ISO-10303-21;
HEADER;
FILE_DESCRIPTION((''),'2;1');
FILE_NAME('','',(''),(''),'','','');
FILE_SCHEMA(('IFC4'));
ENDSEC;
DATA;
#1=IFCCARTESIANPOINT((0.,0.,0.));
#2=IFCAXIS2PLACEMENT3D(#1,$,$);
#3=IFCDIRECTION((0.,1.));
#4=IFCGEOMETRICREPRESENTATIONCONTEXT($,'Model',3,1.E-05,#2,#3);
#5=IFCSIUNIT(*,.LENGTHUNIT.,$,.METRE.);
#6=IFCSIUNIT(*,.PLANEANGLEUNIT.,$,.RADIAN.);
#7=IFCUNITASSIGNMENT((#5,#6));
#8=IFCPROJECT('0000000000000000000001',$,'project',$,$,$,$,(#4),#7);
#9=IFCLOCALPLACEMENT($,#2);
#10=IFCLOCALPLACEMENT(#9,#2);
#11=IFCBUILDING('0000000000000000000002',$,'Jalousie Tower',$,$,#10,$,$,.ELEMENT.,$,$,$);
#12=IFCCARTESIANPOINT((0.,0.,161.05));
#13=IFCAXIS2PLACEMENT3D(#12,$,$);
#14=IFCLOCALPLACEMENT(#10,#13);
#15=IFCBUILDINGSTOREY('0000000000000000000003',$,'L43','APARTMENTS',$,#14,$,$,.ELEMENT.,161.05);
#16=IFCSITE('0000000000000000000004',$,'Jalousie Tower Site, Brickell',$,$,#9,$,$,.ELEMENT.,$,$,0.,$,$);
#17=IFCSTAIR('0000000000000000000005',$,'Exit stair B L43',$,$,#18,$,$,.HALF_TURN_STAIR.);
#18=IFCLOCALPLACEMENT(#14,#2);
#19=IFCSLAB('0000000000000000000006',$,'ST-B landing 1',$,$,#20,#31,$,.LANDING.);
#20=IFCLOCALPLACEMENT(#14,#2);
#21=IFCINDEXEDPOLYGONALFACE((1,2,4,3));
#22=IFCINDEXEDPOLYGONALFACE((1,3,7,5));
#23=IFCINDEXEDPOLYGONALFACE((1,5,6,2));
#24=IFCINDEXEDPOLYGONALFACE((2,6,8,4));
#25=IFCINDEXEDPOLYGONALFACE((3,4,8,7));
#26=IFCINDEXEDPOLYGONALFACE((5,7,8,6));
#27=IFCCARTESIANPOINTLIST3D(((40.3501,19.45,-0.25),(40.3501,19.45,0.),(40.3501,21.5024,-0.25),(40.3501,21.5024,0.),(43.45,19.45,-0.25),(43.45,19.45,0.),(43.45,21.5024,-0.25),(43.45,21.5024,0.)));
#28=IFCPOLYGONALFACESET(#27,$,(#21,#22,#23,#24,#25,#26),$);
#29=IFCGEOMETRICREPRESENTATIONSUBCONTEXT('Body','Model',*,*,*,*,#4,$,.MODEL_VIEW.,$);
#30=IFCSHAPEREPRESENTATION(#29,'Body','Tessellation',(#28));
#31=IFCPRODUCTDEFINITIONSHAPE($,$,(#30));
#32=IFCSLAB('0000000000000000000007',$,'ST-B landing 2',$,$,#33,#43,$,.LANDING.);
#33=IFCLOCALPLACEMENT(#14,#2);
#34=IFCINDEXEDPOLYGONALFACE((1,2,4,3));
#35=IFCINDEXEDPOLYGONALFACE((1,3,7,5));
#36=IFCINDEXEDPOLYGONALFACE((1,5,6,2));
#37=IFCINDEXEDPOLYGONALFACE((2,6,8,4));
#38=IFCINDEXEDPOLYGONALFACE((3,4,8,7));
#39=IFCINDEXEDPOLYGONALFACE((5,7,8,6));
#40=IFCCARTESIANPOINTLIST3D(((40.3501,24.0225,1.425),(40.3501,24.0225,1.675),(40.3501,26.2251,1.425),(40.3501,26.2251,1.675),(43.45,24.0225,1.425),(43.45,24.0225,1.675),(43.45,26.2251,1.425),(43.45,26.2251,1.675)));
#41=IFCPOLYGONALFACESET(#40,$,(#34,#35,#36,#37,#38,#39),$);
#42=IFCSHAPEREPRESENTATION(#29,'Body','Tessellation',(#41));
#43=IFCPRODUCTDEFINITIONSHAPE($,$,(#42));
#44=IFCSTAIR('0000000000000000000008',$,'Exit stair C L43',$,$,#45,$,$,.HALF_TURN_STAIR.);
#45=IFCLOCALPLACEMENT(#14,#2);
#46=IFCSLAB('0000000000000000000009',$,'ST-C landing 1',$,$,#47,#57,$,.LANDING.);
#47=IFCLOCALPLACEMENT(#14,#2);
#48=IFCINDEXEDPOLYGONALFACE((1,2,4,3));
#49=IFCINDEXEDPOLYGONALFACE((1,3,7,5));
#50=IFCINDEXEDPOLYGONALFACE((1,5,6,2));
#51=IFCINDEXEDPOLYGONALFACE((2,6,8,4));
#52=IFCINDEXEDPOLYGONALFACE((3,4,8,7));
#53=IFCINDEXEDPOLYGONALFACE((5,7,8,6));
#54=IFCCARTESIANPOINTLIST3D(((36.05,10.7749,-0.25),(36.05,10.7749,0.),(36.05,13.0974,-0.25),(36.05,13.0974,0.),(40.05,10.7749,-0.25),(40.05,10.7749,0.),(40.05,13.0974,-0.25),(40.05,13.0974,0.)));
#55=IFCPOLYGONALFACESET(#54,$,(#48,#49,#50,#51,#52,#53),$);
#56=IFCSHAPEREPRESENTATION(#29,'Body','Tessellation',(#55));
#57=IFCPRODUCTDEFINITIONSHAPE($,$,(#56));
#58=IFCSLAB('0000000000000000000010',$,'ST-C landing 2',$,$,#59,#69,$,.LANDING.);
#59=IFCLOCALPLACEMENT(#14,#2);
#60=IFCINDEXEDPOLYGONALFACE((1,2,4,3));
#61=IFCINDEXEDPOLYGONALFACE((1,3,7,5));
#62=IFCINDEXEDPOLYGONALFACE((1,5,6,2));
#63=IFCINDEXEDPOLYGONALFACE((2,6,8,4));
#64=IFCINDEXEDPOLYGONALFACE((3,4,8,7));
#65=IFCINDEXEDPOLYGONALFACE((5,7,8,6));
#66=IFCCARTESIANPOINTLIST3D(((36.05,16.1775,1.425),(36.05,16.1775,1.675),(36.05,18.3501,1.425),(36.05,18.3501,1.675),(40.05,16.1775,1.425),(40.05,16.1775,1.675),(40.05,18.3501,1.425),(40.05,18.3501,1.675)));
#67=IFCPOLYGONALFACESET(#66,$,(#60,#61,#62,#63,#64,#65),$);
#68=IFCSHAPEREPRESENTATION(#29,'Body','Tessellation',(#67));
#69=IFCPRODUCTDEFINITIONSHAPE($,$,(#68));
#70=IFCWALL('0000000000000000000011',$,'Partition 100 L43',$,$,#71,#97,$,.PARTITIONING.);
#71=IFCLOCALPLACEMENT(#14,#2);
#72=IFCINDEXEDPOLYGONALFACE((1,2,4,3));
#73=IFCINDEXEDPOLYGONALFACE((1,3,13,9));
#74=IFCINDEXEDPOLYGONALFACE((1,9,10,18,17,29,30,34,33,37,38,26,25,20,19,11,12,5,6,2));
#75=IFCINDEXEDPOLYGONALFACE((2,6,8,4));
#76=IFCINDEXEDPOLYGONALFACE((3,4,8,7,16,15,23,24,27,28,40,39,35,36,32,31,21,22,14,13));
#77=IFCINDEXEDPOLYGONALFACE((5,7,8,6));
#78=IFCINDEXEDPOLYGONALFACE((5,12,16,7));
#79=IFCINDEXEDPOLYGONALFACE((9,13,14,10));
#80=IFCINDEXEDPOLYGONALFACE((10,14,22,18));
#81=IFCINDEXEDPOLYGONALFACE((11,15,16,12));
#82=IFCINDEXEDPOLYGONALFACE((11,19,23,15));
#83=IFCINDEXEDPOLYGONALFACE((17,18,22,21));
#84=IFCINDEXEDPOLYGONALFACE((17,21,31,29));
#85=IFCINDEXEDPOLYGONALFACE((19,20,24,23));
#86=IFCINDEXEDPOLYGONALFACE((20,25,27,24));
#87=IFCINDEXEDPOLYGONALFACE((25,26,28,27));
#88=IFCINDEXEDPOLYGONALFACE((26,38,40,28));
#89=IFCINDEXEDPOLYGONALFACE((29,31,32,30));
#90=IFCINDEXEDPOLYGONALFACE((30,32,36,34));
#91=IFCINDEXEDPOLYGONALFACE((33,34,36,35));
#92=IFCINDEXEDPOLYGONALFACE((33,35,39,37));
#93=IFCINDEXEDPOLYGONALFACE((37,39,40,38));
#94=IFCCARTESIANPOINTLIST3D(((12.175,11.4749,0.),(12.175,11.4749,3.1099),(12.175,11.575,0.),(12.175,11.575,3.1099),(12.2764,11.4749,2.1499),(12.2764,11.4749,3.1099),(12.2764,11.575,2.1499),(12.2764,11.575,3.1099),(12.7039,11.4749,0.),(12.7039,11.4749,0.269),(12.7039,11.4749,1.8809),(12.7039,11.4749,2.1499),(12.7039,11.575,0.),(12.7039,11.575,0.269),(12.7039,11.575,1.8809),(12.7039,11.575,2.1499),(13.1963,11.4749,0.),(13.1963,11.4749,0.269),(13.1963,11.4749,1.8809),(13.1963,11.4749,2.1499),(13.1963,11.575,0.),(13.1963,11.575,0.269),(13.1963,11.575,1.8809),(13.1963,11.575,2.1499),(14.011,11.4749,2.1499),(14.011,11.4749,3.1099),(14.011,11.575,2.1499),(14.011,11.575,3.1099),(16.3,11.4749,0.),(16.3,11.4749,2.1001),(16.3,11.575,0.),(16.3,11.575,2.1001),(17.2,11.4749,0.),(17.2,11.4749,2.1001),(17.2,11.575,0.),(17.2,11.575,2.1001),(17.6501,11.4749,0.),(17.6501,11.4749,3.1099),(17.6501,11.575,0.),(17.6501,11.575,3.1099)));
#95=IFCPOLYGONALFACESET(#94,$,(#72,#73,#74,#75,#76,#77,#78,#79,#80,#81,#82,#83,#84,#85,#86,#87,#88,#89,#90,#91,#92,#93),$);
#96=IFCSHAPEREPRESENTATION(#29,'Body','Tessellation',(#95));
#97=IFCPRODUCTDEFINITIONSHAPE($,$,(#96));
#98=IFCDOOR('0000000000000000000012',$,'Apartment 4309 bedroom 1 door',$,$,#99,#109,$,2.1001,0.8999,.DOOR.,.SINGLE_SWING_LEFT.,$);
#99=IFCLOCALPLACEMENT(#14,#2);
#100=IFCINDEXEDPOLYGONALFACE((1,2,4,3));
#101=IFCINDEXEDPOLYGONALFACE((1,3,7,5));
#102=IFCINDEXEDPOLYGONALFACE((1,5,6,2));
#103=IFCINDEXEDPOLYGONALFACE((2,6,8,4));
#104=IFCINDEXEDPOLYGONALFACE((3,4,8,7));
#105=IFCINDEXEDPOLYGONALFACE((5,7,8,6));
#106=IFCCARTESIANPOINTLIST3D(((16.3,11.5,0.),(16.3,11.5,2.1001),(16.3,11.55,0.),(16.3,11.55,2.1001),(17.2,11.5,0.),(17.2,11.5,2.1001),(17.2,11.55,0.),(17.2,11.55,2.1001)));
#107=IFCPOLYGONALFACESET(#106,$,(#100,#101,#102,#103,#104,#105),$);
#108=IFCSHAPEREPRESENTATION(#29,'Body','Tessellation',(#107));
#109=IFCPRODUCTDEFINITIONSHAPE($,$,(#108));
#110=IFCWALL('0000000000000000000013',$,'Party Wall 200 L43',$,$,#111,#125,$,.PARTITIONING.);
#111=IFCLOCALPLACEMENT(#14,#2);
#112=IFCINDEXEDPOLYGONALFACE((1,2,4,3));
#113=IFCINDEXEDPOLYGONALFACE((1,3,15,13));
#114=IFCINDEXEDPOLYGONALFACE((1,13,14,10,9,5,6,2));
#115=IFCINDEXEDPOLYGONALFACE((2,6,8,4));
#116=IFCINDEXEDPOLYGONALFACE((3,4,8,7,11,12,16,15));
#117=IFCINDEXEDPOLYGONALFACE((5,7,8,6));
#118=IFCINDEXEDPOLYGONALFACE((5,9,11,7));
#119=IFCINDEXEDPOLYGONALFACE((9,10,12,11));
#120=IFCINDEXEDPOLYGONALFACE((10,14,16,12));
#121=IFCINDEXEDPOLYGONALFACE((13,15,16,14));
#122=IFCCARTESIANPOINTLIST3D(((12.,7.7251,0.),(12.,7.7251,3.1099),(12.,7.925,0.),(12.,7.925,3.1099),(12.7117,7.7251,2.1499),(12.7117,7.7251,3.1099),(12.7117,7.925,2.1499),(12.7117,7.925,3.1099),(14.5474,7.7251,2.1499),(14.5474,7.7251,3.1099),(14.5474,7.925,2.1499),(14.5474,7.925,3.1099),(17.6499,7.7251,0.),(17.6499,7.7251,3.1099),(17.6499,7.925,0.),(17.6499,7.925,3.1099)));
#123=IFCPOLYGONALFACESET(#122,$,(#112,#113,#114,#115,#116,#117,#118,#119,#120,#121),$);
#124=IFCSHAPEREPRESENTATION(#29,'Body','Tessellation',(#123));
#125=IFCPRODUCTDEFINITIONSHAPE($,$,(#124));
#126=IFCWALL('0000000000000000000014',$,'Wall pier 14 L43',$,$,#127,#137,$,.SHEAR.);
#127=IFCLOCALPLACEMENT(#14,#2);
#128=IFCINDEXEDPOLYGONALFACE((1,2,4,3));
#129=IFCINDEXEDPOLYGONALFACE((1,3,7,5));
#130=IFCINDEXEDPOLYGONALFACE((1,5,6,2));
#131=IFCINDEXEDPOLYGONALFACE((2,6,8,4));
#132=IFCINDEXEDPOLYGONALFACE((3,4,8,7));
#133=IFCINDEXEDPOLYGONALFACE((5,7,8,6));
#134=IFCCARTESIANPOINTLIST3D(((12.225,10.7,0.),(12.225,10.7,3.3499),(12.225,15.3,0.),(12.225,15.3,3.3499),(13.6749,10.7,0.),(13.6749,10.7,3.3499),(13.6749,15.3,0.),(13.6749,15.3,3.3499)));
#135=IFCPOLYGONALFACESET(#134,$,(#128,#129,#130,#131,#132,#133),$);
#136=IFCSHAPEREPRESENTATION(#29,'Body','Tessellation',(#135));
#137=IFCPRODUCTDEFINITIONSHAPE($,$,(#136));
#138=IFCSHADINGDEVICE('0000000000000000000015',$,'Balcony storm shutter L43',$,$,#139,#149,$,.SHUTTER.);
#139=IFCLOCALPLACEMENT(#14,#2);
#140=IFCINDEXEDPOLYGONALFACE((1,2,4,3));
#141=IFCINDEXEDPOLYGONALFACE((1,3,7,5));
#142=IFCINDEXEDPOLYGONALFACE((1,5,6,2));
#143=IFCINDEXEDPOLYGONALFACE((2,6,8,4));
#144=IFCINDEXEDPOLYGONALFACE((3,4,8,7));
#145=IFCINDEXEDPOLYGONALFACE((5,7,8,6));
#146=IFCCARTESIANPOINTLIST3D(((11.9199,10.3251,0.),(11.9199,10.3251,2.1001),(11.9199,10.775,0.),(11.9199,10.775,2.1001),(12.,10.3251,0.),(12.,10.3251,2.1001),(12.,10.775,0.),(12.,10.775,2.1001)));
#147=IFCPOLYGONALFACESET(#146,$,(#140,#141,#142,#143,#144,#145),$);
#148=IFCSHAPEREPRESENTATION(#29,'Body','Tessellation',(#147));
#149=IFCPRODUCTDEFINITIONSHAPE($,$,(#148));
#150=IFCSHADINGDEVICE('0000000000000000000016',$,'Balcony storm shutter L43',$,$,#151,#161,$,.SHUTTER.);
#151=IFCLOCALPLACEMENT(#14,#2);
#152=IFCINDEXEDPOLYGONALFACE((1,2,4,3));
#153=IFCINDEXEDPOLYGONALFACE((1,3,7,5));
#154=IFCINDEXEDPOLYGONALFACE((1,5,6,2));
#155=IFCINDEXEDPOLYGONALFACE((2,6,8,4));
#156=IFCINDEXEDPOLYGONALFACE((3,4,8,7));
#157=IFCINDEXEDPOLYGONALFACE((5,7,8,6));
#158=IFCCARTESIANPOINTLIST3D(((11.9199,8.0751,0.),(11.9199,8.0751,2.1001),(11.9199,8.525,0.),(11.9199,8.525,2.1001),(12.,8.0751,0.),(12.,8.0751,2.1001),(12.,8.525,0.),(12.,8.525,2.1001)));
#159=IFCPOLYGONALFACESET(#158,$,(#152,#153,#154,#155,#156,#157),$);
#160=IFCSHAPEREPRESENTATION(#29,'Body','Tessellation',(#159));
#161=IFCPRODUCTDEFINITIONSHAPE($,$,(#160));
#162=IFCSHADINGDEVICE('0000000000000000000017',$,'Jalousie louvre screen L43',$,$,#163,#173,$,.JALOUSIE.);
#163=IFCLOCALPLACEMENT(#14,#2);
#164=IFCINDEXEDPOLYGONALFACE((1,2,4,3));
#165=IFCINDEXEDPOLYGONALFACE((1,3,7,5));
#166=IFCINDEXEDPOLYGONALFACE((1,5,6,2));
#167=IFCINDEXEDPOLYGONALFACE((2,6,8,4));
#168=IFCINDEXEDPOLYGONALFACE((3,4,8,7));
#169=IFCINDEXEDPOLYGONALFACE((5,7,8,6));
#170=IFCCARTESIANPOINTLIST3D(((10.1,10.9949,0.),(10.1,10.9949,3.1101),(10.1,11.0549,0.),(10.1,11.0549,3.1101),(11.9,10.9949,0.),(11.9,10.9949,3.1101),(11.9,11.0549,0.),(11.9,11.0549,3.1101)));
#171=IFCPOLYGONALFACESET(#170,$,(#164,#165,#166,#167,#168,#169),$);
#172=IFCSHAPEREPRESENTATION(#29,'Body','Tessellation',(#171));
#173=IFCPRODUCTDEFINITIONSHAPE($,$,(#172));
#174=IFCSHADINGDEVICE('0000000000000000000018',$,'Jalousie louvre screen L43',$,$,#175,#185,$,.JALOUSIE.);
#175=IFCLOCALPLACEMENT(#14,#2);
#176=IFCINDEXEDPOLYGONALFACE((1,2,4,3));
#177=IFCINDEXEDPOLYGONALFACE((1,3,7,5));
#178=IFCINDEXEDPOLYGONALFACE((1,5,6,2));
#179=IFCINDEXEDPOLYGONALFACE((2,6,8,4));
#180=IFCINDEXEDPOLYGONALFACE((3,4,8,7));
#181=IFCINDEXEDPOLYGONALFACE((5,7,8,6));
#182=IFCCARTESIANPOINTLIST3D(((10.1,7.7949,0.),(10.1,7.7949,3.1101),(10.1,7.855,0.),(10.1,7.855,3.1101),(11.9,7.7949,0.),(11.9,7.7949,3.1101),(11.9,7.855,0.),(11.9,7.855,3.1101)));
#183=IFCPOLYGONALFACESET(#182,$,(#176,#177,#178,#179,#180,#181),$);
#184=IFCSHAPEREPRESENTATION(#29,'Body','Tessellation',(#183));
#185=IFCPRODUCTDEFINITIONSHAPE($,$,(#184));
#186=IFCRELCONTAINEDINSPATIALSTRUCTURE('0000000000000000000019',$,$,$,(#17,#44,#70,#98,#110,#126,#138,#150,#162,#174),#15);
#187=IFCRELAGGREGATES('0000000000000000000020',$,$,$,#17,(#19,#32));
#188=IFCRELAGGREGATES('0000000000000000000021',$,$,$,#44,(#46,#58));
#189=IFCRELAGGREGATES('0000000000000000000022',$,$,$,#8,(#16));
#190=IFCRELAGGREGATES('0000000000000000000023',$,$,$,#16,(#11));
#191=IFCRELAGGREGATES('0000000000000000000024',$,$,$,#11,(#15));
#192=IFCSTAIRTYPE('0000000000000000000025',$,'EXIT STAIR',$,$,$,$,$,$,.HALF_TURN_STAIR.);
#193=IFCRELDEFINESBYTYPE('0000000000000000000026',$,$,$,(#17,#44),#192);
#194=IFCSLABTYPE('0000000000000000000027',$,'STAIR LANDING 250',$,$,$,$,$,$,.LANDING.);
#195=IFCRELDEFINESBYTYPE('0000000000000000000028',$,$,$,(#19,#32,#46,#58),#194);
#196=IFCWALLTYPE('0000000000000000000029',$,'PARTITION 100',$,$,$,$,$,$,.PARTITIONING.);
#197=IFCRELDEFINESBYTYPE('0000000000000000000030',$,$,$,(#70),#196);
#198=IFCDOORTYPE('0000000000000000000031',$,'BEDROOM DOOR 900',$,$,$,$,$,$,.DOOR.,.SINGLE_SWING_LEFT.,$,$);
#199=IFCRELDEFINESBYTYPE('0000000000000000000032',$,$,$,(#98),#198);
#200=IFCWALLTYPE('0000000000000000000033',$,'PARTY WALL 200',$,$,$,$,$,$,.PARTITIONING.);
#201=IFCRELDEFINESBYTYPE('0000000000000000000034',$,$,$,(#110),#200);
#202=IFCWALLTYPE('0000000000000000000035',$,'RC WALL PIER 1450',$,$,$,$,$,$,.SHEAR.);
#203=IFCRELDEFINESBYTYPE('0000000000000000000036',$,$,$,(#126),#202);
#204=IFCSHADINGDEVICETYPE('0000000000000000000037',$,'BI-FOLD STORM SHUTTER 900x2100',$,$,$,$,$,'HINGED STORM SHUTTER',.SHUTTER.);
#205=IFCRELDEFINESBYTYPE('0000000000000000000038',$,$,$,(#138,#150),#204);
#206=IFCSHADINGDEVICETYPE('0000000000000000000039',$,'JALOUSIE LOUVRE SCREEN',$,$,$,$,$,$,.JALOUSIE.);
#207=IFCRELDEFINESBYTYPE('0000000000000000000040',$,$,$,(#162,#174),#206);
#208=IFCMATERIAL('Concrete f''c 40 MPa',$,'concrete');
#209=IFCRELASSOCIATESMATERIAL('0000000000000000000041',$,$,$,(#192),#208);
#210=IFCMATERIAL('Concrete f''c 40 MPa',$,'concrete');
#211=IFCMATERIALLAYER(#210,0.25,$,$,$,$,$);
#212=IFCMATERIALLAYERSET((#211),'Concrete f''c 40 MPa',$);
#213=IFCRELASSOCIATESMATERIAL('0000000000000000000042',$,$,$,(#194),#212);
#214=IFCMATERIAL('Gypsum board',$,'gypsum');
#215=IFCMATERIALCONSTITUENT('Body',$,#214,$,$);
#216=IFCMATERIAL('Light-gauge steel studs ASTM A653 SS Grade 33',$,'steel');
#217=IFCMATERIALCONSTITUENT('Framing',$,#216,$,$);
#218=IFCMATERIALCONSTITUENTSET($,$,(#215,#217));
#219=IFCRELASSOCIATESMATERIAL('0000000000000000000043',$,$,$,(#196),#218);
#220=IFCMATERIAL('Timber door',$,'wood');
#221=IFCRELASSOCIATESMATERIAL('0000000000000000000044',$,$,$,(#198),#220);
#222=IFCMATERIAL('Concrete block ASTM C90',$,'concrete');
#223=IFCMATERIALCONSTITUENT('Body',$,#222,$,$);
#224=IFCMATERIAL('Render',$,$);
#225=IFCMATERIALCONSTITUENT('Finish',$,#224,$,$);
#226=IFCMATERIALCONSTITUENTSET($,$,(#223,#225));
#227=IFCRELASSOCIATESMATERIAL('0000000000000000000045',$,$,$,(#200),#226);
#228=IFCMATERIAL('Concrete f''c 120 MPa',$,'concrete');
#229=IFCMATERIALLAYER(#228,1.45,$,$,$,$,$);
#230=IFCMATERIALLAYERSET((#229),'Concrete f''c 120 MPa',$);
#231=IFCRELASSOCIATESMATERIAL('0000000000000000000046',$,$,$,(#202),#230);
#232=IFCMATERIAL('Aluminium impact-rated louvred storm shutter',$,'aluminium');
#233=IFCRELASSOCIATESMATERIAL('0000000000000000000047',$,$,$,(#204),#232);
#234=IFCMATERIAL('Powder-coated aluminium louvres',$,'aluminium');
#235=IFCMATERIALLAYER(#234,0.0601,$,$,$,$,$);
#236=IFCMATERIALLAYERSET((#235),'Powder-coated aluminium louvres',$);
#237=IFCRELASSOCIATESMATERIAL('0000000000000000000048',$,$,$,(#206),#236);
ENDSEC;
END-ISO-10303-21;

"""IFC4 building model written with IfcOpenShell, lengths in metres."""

from ifc_helpers import new_model, si_unit, direction, frame, frame_2d, origin, origin_2d, place, context, subcontext, project, spatial, polyline, rectangle, outline, extrude, material, layer, layer_set, constituent, constituent_set, type_object, element, fill, aggregate, save


model = new_model("IFC4")

# Units and contexts
model_context = context("Model", 3, precision=1e-05, world=origin(), true_north=direction((0.0, 1.0)))
body_context = subcontext(model_context, "Body", "Model", "MODEL_VIEW")
ifc_project = project(units=[si_unit("LENGTHUNIT", "METRE"), si_unit("PLANEANGLEUNIT", "RADIAN")], contexts=[model_context])

# Site, building, storey
site_placement = place(None, origin())
site = spatial("IfcSite", under=ifc_project, at=site_placement, Name="Jalousie Tower Site, Brickell", CompositionType="ELEMENT", RefElevation=0.0)
building_placement = place(site_placement, origin())
building = spatial("IfcBuilding", under=site, at=building_placement, Name="Jalousie Tower", CompositionType="ELEMENT")
storey_placement = place(building_placement, frame((0.0, 0.0, 161.05)))
storey = spatial("IfcBuildingStorey", under=building, at=storey_placement, Name="L43", Description="APARTMENTS", CompositionType="ELEMENT", Elevation=161.05)

# Stairs, slabs
ifc_material_1 = material(Name="Concrete f'c 40 MPa", Category="concrete")
stair_type = type_object("IfcStairType", Name="EXIT STAIR", PredefinedType="HALF_TURN_STAIR", material=ifc_material_1)
ifc_material_2 = material(Name="Concrete f'c 40 MPa", Category="concrete")
ifc_layer_1 = layer(ifc_material_2, 0.25)
ifc_layer_set_1 = layer_set([ifc_layer_1], Name="Concrete f'c 40 MPa")
slab_type_1 = type_object("IfcSlabType", Name="STAIR LANDING 250", PredefinedType="LANDING", material=ifc_layer_set_1)
stair_1_placement = place(storey_placement, origin())
stair_1 = element("IfcStair", 1, at=stair_1_placement, inside=storey, type_object=stair_type, Name="Exit stair B L43", PredefinedType="HALF_TURN_STAIR")
slab_1_placement = place(storey_placement, frame((0.0, 0.0, -0.25)))
slab_1 = element("IfcSlab", 2, at=slab_1_placement, type_object=slab_type_1, Name="ST-B landing 1", PredefinedType="LANDING", context=body_context, shape_type="SweptSolid", body=[
    extrude(outline(polyline([(40.3501, 19.45), (43.45, 19.45), (43.45, 21.5024), (40.3501, 21.5024), (40.3501, 19.45)])), origin(), (0.0, 0.0, 1.0), 0.25),
])
slab_2_placement = place(storey_placement, frame((0.0, 0.0, 1.425)))
slab_2 = element("IfcSlab", 3, at=slab_2_placement, type_object=slab_type_1, Name="ST-B landing 2", PredefinedType="LANDING", context=body_context, shape_type="SweptSolid", body=[
    extrude(outline(polyline([(40.3501, 24.0225), (43.45, 24.0225), (43.45, 26.2251), (40.3501, 26.2251), (40.3501, 24.0225)])), origin(), (0.0, 0.0, 1.0), 0.25),
])
aggregate(stair_1, [slab_1, slab_2])
stair_2_placement = place(storey_placement, origin())
stair_2 = element("IfcStair", 4, at=stair_2_placement, inside=storey, type_object=stair_type, Name="Exit stair C L43", PredefinedType="HALF_TURN_STAIR")
slab_3_placement = place(storey_placement, frame((0.0, 0.0, -0.25)))
slab_3 = element("IfcSlab", 5, at=slab_3_placement, type_object=slab_type_1, Name="ST-C landing 1", PredefinedType="LANDING", context=body_context, shape_type="SweptSolid", body=[
    extrude(outline(polyline([(36.05, 10.7749), (40.05, 10.7749), (40.05, 13.0974), (36.05, 13.0974), (36.05, 10.7749)])), origin(), (0.0, 0.0, 1.0), 0.25),
])
slab_4_placement = place(storey_placement, frame((0.0, 0.0, 1.425)))
slab_4 = element("IfcSlab", 6, at=slab_4_placement, type_object=slab_type_1, Name="ST-C landing 2", PredefinedType="LANDING", context=body_context, shape_type="SweptSolid", body=[
    extrude(outline(polyline([(36.05, 16.1775), (40.05, 16.1775), (40.05, 18.3501), (36.05, 18.3501), (36.05, 16.1775)])), origin(), (0.0, 0.0, 1.0), 0.25),
])
aggregate(stair_2, [slab_3, slab_4])

# Wall, opening, door
ifc_material_3 = material(Name="Gypsum board", Category="gypsum")
ifc_constituent_1 = constituent(ifc_material_3, Name="Body")
ifc_material_4 = material(Name="Light-gauge steel studs ASTM A653 SS Grade 33", Category="steel")
ifc_constituent_2 = constituent(ifc_material_4, Name="Framing")
ifc_constituent_set_1 = constituent_set(constituents=[ifc_constituent_1, ifc_constituent_2])
wall_type_1 = type_object("IfcWallType", Name="PARTITION 100", PredefinedType="PARTITIONING", material=ifc_constituent_set_1)
wall_1_placement = place(storey_placement, frame((12.175, 11.5249, 0.0), z_axis=(0.0, 0.0, 1.0), x_axis=(1.0, 0.0, 0.0)))
wall_1 = element("IfcWall", 7, at=wall_1_placement, inside=storey, type_object=wall_type_1, Name="Partition 100 L43", PredefinedType="PARTITIONING", context=body_context, shape_type="SweptSolid", body=[
    extrude(outline(polyline([(0.1013, 3.1099), (0.0, 3.1099), (0.0, 0.0), (0.5288, 0.0), (0.5288, 0.269), (1.0212, 0.269), (1.0212, 0.0), (5.4751, 0.0), (5.4751, 3.1099), (1.8359, 3.1099), (1.8359, 2.1499), (1.0212, 2.1499), (1.0212, 1.8809), (0.5288, 1.8809), (0.5288, 2.1499), (0.1013, 2.1499), (0.1013, 3.1099)])), frame((0.0, 0.05, 0.0), z_axis=(0.0, -1.0, 0.0), x_axis=(1.0, 0.0, 0.0)), (0.0, 0.0, 1.0), 0.1001),
])
opening_placement = place(wall_1_placement, frame((4.125, 0.0, 0.0)))
opening = element("IfcOpeningElement", 8, at=opening_placement, cuts=wall_1, PredefinedType="OPENING", context=body_context, shape_type="SweptSolid", body=[
    extrude(rectangle(XDim=0.8999, YDim=2.1001, at=frame_2d((0.45, 1.05))), frame((0.0, 0.0601, 0.0), z_axis=(0.0, -1.0, 0.0), x_axis=(1.0, 0.0, 0.0)), (0.0, 0.0, 1.0), 0.1201),
])
ifc_material_5 = material(Name="Timber door", Category="wood")
door_type = type_object("IfcDoorType", Name="BEDROOM DOOR 900", OperationType="SINGLE_SWING_LEFT", PredefinedType="DOOR", material=ifc_material_5)
door_placement = place(opening_placement, frame((0.8999, 0.0, 0.0), z_axis=(0.0, 0.0, 1.0), x_axis=(-1.0, 0.0, 0.0)))
door = element("IfcDoor", 9, at=door_placement, inside=storey, type_object=door_type, Name="Apartment 4309 bedroom 1 door", OperationType="SINGLE_SWING_LEFT", OverallHeight=2.1001, OverallWidth=0.8999, PredefinedType="DOOR", context=body_context, shape_type="SweptSolid", body=[
    extrude(rectangle(XDim=0.8999, YDim=2.1001, at=frame_2d((0.45, 1.05))), frame((0.0, 0.0249, 0.0), z_axis=(0.0, -1.0, 0.0), x_axis=(1.0, 0.0, 0.0)), (0.0, 0.0, 1.0), 0.05),
])
fill(opening, door)

# Walls
ifc_material_6 = material(Name="Concrete block ASTM C90", Category="concrete")
ifc_constituent_3 = constituent(ifc_material_6, Name="Body")
ifc_material_7 = material(Name="Render")
ifc_constituent_4 = constituent(ifc_material_7, Name="Finish")
ifc_constituent_set_2 = constituent_set(constituents=[ifc_constituent_3, ifc_constituent_4])
wall_type_2 = type_object("IfcWallType", Name="PARTY WALL 200", PredefinedType="PARTITIONING", material=ifc_constituent_set_2)
wall_2_placement = place(storey_placement, frame((12.0, 7.825, 0.0), z_axis=(0.0, 0.0, 1.0), x_axis=(1.0, 0.0, 0.0)))
element("IfcWall", 10, at=wall_2_placement, inside=storey, type_object=wall_type_2, Name="Party Wall 200 L43", PredefinedType="PARTITIONING", context=body_context, shape_type="SweptSolid", body=[
    extrude(outline(polyline([(0.0, 0.0), (5.6499, 0.0), (5.6499, 3.1099), (2.5474, 3.1099), (2.5474, 2.1499), (0.7117, 2.1499), (0.7117, 3.1099), (0.0, 3.1099), (0.0, 0.0)])), frame((0.0, 0.1001, 0.0), z_axis=(0.0, -1.0, 0.0), x_axis=(1.0, 0.0, 0.0)), (0.0, 0.0, 1.0), 0.2),
])
ifc_material_8 = material(Name="Concrete f'c 120 MPa", Category="concrete")
ifc_layer_2 = layer(ifc_material_8, 1.45)
ifc_layer_set_2 = layer_set([ifc_layer_2], Name="Concrete f'c 120 MPa")
wall_type_3 = type_object("IfcWallType", Name="RC WALL PIER 1450", PredefinedType="SHEAR", material=ifc_layer_set_2)
wall_3_placement = place(storey_placement, frame((12.95, 10.7, 0.0), z_axis=(0.0, 0.0, 1.0), x_axis=(0.0, 1.0, 0.0)))
element("IfcWall", 11, at=wall_3_placement, inside=storey, type_object=wall_type_3, Name="Wall pier 14 L43", PredefinedType="SHEAR", context=body_context, shape_type="SweptSolid", body=[
    extrude(rectangle(XDim=4.6001, YDim=1.45, at=frame_2d((2.3, 0.0))), origin(), (0.0, 0.0, 1.0), 3.3499),
])

# Shading devices
ifc_material_9 = material(Name="Aluminium impact-rated louvred storm shutter", Category="aluminium")
shading_device_type_1 = type_object("IfcShadingDeviceType", Name="BI-FOLD STORM SHUTTER 900x2100", ElementType="HINGED STORM SHUTTER", PredefinedType="SHUTTER", material=ifc_material_9)
for number, where, z_axis, x_axis, name in (
    (12, (11.96, 10.55, 0.0), (0.0, 0.0, 1.0), (0.0, -1.0, 0.0), "Balcony storm shutter L43"),
    (13, (11.96, 8.3, 0.0), (0.0, 0.0, 1.0), (0.0, -1.0, 0.0), "Balcony storm shutter L43"),
):
    element("IfcShadingDevice", number, at=place(storey_placement, frame(where, z_axis=z_axis, x_axis=x_axis)), inside=storey, type_object=shading_device_type_1, Name=name, PredefinedType="SHUTTER", context=body_context, shape_type="SweptSolid", body=[
        extrude(rectangle(XDim=0.45, YDim=0.0801, at=origin_2d()), origin(), (0.0, 0.0, 1.0), 2.1001),
    ])

# Shading devices
ifc_material_10 = material(Name="Powder-coated aluminium louvres", Category="aluminium")
ifc_layer_3 = layer(ifc_material_10, 0.0601)
ifc_layer_set_3 = layer_set([ifc_layer_3], Name="Powder-coated aluminium louvres")
shading_device_type_2 = type_object("IfcShadingDeviceType", Name="JALOUSIE LOUVRE SCREEN", PredefinedType="JALOUSIE", material=ifc_layer_set_3)
for number, where, z_axis, x_axis, name in (
    (14, (11.0, 11.0249, 0.0), (0.0, 0.0, 1.0), (0.0, -1.0, 0.0), "Jalousie louvre screen L43"),
    (15, (11.0, 7.825, 0.0), (0.0, 0.0, 1.0), (0.0, -1.0, 0.0), "Jalousie louvre screen L43"),
):
    element("IfcShadingDevice", number, at=place(storey_placement, frame(where, z_axis=z_axis, x_axis=x_axis)), inside=storey, type_object=shading_device_type_2, Name=name, PredefinedType="JALOUSIE", context=body_context, shape_type="SweptSolid", body=[
        extrude(rectangle(XDim=0.0601, YDim=1.8, at=origin_2d()), origin(), (0.0, 0.0, 1.0), 3.1101),
    ])

save(model, "model.ifc")
